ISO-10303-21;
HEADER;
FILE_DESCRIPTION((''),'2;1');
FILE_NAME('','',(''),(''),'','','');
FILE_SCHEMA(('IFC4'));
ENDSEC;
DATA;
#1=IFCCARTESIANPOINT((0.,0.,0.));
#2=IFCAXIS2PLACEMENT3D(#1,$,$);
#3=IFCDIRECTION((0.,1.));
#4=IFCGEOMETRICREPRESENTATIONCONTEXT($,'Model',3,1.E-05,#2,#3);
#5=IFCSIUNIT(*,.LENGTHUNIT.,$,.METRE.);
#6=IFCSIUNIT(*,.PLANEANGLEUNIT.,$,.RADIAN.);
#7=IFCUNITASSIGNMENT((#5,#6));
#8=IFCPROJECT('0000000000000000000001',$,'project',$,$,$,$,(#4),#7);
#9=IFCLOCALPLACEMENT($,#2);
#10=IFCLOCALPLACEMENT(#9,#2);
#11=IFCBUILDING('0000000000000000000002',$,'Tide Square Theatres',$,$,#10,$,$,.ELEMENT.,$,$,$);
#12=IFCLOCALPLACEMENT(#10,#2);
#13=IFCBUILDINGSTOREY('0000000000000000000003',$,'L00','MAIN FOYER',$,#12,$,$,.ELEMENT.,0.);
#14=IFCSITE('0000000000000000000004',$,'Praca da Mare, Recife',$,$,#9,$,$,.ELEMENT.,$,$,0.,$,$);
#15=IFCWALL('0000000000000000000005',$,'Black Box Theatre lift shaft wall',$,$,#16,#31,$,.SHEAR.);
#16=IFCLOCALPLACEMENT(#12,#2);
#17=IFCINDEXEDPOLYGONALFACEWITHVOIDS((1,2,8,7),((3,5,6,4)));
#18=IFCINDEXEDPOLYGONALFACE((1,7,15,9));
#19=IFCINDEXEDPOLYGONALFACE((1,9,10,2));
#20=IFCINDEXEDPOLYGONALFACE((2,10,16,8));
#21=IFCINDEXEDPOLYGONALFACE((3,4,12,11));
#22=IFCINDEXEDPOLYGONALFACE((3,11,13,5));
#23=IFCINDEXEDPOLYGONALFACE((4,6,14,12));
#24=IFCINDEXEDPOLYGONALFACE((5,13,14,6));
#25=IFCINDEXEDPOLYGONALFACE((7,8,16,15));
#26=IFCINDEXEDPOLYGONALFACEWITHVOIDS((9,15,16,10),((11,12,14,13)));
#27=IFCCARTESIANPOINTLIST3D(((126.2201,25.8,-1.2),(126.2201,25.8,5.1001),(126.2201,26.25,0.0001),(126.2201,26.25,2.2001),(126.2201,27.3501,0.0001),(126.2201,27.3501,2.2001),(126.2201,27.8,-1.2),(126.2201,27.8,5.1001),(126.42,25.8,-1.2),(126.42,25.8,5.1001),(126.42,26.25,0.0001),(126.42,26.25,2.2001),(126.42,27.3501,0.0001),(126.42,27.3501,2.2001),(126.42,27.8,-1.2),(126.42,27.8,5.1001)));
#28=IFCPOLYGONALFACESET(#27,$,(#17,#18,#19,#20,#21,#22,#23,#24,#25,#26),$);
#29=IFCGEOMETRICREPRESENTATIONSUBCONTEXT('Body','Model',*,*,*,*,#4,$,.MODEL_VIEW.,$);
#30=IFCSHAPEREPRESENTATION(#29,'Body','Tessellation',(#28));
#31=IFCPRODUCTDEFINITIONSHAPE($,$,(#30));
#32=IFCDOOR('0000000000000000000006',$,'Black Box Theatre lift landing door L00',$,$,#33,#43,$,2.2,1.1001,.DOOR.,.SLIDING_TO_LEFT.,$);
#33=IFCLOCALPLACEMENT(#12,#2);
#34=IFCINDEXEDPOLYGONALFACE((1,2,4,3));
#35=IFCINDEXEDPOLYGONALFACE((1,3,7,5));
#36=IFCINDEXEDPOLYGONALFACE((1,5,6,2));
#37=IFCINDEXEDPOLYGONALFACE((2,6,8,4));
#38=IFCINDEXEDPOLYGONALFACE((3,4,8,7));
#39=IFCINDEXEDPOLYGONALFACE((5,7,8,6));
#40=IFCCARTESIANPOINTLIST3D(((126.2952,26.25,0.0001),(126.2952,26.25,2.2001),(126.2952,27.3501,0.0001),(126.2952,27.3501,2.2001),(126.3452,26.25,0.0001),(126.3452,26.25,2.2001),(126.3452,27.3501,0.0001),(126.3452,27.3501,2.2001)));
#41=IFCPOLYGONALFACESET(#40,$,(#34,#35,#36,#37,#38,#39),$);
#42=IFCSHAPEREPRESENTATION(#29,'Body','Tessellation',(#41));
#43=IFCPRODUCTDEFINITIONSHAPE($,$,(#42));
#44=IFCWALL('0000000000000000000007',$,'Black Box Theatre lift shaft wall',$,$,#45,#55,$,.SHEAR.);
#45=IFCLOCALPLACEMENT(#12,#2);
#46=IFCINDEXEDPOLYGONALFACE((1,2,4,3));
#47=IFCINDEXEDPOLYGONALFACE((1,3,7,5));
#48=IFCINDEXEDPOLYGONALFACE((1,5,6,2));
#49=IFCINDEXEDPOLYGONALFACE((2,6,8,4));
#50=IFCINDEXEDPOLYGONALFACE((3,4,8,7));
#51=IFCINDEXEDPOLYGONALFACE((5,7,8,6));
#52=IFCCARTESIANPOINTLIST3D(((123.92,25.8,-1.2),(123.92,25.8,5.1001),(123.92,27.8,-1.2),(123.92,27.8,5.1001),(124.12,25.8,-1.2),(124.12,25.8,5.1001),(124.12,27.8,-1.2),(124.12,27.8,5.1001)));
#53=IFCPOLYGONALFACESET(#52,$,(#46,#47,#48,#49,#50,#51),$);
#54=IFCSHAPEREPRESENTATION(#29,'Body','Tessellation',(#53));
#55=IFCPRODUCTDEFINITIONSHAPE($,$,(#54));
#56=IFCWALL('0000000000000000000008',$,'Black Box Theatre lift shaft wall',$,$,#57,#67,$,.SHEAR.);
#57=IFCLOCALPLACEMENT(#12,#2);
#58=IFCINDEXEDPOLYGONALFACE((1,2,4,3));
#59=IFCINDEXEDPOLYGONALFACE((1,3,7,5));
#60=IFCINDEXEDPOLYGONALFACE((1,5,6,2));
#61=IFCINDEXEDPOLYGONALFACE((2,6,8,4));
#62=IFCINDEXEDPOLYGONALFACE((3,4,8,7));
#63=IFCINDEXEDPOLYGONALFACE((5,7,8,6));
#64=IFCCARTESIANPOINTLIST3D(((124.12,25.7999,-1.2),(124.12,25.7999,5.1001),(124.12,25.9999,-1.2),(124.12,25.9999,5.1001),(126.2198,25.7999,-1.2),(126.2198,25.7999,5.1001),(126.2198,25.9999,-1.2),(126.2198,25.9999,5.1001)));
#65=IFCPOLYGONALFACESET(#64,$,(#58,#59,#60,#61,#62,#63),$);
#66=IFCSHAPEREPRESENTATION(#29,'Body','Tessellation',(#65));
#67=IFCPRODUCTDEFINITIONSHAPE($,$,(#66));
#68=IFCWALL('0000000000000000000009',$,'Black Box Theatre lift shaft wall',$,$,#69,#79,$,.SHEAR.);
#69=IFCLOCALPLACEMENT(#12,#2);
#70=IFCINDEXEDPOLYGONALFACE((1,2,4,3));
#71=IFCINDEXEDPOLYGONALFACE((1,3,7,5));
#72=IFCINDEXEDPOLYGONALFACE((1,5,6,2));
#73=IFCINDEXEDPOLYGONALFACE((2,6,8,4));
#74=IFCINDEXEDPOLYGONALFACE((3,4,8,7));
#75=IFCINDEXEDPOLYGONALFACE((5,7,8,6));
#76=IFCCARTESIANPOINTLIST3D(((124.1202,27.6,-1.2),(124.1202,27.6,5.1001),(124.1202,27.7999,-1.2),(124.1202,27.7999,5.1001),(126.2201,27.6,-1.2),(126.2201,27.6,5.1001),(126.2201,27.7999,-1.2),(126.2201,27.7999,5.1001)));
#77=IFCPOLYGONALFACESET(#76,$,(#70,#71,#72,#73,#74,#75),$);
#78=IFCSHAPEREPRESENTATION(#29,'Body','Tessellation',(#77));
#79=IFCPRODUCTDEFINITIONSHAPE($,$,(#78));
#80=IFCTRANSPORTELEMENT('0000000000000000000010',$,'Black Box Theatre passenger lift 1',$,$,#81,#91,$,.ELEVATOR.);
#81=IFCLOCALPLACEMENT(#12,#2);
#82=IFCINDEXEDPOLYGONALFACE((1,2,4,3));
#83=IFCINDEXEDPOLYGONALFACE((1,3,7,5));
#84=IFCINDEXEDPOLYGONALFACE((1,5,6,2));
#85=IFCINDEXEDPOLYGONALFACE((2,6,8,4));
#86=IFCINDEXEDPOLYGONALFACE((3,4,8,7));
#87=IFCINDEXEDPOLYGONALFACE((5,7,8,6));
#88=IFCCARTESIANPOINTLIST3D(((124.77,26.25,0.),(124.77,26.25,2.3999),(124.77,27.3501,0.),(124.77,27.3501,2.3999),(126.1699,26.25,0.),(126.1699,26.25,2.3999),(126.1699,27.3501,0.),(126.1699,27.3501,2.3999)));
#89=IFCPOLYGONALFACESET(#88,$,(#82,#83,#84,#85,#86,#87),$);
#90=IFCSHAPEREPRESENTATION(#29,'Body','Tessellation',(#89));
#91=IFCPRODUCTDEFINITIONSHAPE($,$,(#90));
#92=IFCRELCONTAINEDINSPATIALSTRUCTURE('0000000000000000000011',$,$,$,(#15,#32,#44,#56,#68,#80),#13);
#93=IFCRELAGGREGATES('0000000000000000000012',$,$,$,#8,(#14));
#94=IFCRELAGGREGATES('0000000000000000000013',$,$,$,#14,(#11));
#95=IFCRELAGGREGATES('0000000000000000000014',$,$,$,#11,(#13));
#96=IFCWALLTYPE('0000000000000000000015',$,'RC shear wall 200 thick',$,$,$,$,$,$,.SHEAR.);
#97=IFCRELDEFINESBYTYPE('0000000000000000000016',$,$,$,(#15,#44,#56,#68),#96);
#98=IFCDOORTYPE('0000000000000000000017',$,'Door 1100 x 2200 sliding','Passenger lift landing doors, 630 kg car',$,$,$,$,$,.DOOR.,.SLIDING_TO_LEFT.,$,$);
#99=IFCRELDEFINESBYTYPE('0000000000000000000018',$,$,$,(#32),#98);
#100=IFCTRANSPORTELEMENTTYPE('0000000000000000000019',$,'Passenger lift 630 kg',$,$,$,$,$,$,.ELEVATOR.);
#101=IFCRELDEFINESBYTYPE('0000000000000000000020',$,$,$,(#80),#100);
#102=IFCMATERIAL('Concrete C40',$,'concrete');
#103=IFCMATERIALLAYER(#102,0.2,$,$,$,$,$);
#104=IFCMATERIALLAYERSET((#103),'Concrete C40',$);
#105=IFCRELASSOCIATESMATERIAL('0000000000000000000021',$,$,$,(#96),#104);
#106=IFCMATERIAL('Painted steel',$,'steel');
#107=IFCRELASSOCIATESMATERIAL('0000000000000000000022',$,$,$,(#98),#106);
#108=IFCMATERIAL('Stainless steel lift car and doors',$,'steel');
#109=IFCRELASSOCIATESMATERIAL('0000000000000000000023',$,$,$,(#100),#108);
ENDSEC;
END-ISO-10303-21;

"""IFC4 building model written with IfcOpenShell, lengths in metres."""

from ifc_helpers import new_model, si_unit, direction, frame, frame_2d, origin, origin_2d, place, context, subcontext, project, spatial, rectangle, extrude, material, layer, layer_set, type_object, element, fill, save


model = new_model("IFC4")

# Units and contexts
model_context = context("Model", 3, precision=1e-05, world=origin(), true_north=direction((0.0, 1.0)))
body_context = subcontext(model_context, "Body", "Model", "MODEL_VIEW")
ifc_project = project(units=[si_unit("LENGTHUNIT", "METRE"), si_unit("PLANEANGLEUNIT", "RADIAN")], contexts=[model_context])

# Site, building, storey
site_placement = place(None, origin())
site = spatial("IfcSite", under=ifc_project, at=site_placement, Name="Praca da Mare, Recife", CompositionType="ELEMENT", RefElevation=0.0)
building_placement = place(site_placement, origin())
building = spatial("IfcBuilding", under=site, at=building_placement, Name="Tide Square Theatres", CompositionType="ELEMENT")
storey_placement = place(building_placement, origin())
storey = spatial("IfcBuildingStorey", under=building, at=storey_placement, Name="L00", Description="MAIN FOYER", CompositionType="ELEMENT", Elevation=0.0)

# Wall, opening, door
ifc_material_1 = material(Name="Concrete C40", Category="concrete")
ifc_layer_1 = layer(ifc_material_1, 0.2)
ifc_layer_set_1 = layer_set([ifc_layer_1], Name="Concrete C40")
wall_type_1 = type_object("IfcWallType", Name="RC shear wall 200 thick", PredefinedType="SHEAR", material=ifc_layer_set_1)
wall_1_placement = place(storey_placement, frame((126.3201, 25.8, -1.2), z_axis=(0.0, 0.0, 1.0), x_axis=(0.0, 1.0, 0.0)))
wall_1 = element("IfcWall", 1, at=wall_1_placement, inside=storey, type_object=wall_type_1, Name="Black Box Theatre lift shaft wall", PredefinedType="SHEAR", context=body_context, shape_type="SweptSolid", body=[
    extrude(rectangle(XDim=2.0, YDim=0.2, at=frame_2d((1.0, 0.0))), origin(), (0.0, 0.0, 1.0), 6.3),
])
opening_1_placement = place(wall_1_placement, frame((0.45, 0.0, 1.2)))
opening_1 = element("IfcOpeningElement", 2, at=opening_1_placement, cuts=wall_1, PredefinedType="OPENING", context=body_context, shape_type="SweptSolid", body=[
    extrude(rectangle(XDim=1.1001, YDim=2.2, at=frame_2d((0.55, 1.1001))), frame((0.0, 0.1099, 0.0), z_axis=(0.0, -1.0, 0.0), x_axis=(1.0, 0.0, 0.0)), (0.0, 0.0, 1.0), 0.22),
])
ifc_material_2 = material(Name="Painted steel", Category="steel")
door_type_1 = type_object("IfcDoorType", Name="Door 1100 x 2200 sliding", Description="Passenger lift landing doors, 630 kg car", OperationType="SLIDING_TO_LEFT", PredefinedType="DOOR", material=ifc_material_2)
door_1_placement = place(opening_1_placement, origin())
door_1 = element("IfcDoor", 3, at=door_1_placement, inside=storey, type_object=door_type_1, Name="Black Box Theatre lift landing door L00", OperationType="SLIDING_TO_LEFT", OverallHeight=2.2, OverallWidth=1.1001, PredefinedType="DOOR", context=body_context, shape_type="SweptSolid", body=[
    extrude(rectangle(XDim=1.1001, YDim=2.2, at=frame_2d((0.55, 1.1001))), frame((0.0, 0.0249, 0.0), z_axis=(0.0, -1.0, 0.0), x_axis=(1.0, 0.0, 0.0)), (0.0, 0.0, 1.0), 0.05),
])
fill(opening_1, door_1)

# Walls
wall_2_placement = place(storey_placement, frame((124.02, 27.8, -1.2), z_axis=(0.0, 0.0, 1.0), x_axis=(0.0, -1.0, 0.0)))
element("IfcWall", 4, at=wall_2_placement, inside=storey, type_object=wall_type_1, Name="Black Box Theatre lift shaft wall", PredefinedType="SHEAR", context=body_context, shape_type="SweptSolid", body=[
    extrude(rectangle(XDim=2.0, YDim=0.2, at=frame_2d((1.0, 0.0))), origin(), (0.0, 0.0, 1.0), 6.3),
])
for number, where, z_axis, x_axis, name in (
    (5, (124.1201, 25.8999, -1.2), (0.0, 0.0, 1.0), (1.0, 0.0, 0.0), "Black Box Theatre lift shaft wall"),
    (6, (126.22, 27.7, -1.2), (0.0, 0.0, 1.0), (-1.0, 0.0, 0.0), "Black Box Theatre lift shaft wall"),
):
    element("IfcWall", number, at=place(storey_placement, frame(where, z_axis=z_axis, x_axis=x_axis)), inside=storey, type_object=wall_type_1, Name=name, PredefinedType="SHEAR", context=body_context, shape_type="SweptSolid", body=[
        extrude(rectangle(XDim=2.0999, YDim=0.2, at=frame_2d((1.0498, 0.0))), origin(), (0.0, 0.0, 1.0), 6.3),
    ])

# Transport element
ifc_material_3 = material(Name="Stainless steel lift car and doors", Category="steel")
transport_element_type = type_object("IfcTransportElementType", Name="Passenger lift 630 kg", PredefinedType="ELEVATOR", material=ifc_material_3)
transport_element_placement = place(storey_placement, frame((125.47, 26.8, 0.0), z_axis=(0.0, 0.0, 1.0), x_axis=(0.0, 1.0, 0.0)))
element("IfcTransportElement", 7, at=transport_element_placement, inside=storey, type_object=transport_element_type, Name="Black Box Theatre passenger lift 1", PredefinedType="ELEVATOR", context=body_context, shape_type="SweptSolid", body=[
    extrude(rectangle(XDim=1.1001, YDim=1.3999, at=origin_2d()), origin(), (0.0, 0.0, 1.0), 2.3999),
])

save(model, "model.ifc")
